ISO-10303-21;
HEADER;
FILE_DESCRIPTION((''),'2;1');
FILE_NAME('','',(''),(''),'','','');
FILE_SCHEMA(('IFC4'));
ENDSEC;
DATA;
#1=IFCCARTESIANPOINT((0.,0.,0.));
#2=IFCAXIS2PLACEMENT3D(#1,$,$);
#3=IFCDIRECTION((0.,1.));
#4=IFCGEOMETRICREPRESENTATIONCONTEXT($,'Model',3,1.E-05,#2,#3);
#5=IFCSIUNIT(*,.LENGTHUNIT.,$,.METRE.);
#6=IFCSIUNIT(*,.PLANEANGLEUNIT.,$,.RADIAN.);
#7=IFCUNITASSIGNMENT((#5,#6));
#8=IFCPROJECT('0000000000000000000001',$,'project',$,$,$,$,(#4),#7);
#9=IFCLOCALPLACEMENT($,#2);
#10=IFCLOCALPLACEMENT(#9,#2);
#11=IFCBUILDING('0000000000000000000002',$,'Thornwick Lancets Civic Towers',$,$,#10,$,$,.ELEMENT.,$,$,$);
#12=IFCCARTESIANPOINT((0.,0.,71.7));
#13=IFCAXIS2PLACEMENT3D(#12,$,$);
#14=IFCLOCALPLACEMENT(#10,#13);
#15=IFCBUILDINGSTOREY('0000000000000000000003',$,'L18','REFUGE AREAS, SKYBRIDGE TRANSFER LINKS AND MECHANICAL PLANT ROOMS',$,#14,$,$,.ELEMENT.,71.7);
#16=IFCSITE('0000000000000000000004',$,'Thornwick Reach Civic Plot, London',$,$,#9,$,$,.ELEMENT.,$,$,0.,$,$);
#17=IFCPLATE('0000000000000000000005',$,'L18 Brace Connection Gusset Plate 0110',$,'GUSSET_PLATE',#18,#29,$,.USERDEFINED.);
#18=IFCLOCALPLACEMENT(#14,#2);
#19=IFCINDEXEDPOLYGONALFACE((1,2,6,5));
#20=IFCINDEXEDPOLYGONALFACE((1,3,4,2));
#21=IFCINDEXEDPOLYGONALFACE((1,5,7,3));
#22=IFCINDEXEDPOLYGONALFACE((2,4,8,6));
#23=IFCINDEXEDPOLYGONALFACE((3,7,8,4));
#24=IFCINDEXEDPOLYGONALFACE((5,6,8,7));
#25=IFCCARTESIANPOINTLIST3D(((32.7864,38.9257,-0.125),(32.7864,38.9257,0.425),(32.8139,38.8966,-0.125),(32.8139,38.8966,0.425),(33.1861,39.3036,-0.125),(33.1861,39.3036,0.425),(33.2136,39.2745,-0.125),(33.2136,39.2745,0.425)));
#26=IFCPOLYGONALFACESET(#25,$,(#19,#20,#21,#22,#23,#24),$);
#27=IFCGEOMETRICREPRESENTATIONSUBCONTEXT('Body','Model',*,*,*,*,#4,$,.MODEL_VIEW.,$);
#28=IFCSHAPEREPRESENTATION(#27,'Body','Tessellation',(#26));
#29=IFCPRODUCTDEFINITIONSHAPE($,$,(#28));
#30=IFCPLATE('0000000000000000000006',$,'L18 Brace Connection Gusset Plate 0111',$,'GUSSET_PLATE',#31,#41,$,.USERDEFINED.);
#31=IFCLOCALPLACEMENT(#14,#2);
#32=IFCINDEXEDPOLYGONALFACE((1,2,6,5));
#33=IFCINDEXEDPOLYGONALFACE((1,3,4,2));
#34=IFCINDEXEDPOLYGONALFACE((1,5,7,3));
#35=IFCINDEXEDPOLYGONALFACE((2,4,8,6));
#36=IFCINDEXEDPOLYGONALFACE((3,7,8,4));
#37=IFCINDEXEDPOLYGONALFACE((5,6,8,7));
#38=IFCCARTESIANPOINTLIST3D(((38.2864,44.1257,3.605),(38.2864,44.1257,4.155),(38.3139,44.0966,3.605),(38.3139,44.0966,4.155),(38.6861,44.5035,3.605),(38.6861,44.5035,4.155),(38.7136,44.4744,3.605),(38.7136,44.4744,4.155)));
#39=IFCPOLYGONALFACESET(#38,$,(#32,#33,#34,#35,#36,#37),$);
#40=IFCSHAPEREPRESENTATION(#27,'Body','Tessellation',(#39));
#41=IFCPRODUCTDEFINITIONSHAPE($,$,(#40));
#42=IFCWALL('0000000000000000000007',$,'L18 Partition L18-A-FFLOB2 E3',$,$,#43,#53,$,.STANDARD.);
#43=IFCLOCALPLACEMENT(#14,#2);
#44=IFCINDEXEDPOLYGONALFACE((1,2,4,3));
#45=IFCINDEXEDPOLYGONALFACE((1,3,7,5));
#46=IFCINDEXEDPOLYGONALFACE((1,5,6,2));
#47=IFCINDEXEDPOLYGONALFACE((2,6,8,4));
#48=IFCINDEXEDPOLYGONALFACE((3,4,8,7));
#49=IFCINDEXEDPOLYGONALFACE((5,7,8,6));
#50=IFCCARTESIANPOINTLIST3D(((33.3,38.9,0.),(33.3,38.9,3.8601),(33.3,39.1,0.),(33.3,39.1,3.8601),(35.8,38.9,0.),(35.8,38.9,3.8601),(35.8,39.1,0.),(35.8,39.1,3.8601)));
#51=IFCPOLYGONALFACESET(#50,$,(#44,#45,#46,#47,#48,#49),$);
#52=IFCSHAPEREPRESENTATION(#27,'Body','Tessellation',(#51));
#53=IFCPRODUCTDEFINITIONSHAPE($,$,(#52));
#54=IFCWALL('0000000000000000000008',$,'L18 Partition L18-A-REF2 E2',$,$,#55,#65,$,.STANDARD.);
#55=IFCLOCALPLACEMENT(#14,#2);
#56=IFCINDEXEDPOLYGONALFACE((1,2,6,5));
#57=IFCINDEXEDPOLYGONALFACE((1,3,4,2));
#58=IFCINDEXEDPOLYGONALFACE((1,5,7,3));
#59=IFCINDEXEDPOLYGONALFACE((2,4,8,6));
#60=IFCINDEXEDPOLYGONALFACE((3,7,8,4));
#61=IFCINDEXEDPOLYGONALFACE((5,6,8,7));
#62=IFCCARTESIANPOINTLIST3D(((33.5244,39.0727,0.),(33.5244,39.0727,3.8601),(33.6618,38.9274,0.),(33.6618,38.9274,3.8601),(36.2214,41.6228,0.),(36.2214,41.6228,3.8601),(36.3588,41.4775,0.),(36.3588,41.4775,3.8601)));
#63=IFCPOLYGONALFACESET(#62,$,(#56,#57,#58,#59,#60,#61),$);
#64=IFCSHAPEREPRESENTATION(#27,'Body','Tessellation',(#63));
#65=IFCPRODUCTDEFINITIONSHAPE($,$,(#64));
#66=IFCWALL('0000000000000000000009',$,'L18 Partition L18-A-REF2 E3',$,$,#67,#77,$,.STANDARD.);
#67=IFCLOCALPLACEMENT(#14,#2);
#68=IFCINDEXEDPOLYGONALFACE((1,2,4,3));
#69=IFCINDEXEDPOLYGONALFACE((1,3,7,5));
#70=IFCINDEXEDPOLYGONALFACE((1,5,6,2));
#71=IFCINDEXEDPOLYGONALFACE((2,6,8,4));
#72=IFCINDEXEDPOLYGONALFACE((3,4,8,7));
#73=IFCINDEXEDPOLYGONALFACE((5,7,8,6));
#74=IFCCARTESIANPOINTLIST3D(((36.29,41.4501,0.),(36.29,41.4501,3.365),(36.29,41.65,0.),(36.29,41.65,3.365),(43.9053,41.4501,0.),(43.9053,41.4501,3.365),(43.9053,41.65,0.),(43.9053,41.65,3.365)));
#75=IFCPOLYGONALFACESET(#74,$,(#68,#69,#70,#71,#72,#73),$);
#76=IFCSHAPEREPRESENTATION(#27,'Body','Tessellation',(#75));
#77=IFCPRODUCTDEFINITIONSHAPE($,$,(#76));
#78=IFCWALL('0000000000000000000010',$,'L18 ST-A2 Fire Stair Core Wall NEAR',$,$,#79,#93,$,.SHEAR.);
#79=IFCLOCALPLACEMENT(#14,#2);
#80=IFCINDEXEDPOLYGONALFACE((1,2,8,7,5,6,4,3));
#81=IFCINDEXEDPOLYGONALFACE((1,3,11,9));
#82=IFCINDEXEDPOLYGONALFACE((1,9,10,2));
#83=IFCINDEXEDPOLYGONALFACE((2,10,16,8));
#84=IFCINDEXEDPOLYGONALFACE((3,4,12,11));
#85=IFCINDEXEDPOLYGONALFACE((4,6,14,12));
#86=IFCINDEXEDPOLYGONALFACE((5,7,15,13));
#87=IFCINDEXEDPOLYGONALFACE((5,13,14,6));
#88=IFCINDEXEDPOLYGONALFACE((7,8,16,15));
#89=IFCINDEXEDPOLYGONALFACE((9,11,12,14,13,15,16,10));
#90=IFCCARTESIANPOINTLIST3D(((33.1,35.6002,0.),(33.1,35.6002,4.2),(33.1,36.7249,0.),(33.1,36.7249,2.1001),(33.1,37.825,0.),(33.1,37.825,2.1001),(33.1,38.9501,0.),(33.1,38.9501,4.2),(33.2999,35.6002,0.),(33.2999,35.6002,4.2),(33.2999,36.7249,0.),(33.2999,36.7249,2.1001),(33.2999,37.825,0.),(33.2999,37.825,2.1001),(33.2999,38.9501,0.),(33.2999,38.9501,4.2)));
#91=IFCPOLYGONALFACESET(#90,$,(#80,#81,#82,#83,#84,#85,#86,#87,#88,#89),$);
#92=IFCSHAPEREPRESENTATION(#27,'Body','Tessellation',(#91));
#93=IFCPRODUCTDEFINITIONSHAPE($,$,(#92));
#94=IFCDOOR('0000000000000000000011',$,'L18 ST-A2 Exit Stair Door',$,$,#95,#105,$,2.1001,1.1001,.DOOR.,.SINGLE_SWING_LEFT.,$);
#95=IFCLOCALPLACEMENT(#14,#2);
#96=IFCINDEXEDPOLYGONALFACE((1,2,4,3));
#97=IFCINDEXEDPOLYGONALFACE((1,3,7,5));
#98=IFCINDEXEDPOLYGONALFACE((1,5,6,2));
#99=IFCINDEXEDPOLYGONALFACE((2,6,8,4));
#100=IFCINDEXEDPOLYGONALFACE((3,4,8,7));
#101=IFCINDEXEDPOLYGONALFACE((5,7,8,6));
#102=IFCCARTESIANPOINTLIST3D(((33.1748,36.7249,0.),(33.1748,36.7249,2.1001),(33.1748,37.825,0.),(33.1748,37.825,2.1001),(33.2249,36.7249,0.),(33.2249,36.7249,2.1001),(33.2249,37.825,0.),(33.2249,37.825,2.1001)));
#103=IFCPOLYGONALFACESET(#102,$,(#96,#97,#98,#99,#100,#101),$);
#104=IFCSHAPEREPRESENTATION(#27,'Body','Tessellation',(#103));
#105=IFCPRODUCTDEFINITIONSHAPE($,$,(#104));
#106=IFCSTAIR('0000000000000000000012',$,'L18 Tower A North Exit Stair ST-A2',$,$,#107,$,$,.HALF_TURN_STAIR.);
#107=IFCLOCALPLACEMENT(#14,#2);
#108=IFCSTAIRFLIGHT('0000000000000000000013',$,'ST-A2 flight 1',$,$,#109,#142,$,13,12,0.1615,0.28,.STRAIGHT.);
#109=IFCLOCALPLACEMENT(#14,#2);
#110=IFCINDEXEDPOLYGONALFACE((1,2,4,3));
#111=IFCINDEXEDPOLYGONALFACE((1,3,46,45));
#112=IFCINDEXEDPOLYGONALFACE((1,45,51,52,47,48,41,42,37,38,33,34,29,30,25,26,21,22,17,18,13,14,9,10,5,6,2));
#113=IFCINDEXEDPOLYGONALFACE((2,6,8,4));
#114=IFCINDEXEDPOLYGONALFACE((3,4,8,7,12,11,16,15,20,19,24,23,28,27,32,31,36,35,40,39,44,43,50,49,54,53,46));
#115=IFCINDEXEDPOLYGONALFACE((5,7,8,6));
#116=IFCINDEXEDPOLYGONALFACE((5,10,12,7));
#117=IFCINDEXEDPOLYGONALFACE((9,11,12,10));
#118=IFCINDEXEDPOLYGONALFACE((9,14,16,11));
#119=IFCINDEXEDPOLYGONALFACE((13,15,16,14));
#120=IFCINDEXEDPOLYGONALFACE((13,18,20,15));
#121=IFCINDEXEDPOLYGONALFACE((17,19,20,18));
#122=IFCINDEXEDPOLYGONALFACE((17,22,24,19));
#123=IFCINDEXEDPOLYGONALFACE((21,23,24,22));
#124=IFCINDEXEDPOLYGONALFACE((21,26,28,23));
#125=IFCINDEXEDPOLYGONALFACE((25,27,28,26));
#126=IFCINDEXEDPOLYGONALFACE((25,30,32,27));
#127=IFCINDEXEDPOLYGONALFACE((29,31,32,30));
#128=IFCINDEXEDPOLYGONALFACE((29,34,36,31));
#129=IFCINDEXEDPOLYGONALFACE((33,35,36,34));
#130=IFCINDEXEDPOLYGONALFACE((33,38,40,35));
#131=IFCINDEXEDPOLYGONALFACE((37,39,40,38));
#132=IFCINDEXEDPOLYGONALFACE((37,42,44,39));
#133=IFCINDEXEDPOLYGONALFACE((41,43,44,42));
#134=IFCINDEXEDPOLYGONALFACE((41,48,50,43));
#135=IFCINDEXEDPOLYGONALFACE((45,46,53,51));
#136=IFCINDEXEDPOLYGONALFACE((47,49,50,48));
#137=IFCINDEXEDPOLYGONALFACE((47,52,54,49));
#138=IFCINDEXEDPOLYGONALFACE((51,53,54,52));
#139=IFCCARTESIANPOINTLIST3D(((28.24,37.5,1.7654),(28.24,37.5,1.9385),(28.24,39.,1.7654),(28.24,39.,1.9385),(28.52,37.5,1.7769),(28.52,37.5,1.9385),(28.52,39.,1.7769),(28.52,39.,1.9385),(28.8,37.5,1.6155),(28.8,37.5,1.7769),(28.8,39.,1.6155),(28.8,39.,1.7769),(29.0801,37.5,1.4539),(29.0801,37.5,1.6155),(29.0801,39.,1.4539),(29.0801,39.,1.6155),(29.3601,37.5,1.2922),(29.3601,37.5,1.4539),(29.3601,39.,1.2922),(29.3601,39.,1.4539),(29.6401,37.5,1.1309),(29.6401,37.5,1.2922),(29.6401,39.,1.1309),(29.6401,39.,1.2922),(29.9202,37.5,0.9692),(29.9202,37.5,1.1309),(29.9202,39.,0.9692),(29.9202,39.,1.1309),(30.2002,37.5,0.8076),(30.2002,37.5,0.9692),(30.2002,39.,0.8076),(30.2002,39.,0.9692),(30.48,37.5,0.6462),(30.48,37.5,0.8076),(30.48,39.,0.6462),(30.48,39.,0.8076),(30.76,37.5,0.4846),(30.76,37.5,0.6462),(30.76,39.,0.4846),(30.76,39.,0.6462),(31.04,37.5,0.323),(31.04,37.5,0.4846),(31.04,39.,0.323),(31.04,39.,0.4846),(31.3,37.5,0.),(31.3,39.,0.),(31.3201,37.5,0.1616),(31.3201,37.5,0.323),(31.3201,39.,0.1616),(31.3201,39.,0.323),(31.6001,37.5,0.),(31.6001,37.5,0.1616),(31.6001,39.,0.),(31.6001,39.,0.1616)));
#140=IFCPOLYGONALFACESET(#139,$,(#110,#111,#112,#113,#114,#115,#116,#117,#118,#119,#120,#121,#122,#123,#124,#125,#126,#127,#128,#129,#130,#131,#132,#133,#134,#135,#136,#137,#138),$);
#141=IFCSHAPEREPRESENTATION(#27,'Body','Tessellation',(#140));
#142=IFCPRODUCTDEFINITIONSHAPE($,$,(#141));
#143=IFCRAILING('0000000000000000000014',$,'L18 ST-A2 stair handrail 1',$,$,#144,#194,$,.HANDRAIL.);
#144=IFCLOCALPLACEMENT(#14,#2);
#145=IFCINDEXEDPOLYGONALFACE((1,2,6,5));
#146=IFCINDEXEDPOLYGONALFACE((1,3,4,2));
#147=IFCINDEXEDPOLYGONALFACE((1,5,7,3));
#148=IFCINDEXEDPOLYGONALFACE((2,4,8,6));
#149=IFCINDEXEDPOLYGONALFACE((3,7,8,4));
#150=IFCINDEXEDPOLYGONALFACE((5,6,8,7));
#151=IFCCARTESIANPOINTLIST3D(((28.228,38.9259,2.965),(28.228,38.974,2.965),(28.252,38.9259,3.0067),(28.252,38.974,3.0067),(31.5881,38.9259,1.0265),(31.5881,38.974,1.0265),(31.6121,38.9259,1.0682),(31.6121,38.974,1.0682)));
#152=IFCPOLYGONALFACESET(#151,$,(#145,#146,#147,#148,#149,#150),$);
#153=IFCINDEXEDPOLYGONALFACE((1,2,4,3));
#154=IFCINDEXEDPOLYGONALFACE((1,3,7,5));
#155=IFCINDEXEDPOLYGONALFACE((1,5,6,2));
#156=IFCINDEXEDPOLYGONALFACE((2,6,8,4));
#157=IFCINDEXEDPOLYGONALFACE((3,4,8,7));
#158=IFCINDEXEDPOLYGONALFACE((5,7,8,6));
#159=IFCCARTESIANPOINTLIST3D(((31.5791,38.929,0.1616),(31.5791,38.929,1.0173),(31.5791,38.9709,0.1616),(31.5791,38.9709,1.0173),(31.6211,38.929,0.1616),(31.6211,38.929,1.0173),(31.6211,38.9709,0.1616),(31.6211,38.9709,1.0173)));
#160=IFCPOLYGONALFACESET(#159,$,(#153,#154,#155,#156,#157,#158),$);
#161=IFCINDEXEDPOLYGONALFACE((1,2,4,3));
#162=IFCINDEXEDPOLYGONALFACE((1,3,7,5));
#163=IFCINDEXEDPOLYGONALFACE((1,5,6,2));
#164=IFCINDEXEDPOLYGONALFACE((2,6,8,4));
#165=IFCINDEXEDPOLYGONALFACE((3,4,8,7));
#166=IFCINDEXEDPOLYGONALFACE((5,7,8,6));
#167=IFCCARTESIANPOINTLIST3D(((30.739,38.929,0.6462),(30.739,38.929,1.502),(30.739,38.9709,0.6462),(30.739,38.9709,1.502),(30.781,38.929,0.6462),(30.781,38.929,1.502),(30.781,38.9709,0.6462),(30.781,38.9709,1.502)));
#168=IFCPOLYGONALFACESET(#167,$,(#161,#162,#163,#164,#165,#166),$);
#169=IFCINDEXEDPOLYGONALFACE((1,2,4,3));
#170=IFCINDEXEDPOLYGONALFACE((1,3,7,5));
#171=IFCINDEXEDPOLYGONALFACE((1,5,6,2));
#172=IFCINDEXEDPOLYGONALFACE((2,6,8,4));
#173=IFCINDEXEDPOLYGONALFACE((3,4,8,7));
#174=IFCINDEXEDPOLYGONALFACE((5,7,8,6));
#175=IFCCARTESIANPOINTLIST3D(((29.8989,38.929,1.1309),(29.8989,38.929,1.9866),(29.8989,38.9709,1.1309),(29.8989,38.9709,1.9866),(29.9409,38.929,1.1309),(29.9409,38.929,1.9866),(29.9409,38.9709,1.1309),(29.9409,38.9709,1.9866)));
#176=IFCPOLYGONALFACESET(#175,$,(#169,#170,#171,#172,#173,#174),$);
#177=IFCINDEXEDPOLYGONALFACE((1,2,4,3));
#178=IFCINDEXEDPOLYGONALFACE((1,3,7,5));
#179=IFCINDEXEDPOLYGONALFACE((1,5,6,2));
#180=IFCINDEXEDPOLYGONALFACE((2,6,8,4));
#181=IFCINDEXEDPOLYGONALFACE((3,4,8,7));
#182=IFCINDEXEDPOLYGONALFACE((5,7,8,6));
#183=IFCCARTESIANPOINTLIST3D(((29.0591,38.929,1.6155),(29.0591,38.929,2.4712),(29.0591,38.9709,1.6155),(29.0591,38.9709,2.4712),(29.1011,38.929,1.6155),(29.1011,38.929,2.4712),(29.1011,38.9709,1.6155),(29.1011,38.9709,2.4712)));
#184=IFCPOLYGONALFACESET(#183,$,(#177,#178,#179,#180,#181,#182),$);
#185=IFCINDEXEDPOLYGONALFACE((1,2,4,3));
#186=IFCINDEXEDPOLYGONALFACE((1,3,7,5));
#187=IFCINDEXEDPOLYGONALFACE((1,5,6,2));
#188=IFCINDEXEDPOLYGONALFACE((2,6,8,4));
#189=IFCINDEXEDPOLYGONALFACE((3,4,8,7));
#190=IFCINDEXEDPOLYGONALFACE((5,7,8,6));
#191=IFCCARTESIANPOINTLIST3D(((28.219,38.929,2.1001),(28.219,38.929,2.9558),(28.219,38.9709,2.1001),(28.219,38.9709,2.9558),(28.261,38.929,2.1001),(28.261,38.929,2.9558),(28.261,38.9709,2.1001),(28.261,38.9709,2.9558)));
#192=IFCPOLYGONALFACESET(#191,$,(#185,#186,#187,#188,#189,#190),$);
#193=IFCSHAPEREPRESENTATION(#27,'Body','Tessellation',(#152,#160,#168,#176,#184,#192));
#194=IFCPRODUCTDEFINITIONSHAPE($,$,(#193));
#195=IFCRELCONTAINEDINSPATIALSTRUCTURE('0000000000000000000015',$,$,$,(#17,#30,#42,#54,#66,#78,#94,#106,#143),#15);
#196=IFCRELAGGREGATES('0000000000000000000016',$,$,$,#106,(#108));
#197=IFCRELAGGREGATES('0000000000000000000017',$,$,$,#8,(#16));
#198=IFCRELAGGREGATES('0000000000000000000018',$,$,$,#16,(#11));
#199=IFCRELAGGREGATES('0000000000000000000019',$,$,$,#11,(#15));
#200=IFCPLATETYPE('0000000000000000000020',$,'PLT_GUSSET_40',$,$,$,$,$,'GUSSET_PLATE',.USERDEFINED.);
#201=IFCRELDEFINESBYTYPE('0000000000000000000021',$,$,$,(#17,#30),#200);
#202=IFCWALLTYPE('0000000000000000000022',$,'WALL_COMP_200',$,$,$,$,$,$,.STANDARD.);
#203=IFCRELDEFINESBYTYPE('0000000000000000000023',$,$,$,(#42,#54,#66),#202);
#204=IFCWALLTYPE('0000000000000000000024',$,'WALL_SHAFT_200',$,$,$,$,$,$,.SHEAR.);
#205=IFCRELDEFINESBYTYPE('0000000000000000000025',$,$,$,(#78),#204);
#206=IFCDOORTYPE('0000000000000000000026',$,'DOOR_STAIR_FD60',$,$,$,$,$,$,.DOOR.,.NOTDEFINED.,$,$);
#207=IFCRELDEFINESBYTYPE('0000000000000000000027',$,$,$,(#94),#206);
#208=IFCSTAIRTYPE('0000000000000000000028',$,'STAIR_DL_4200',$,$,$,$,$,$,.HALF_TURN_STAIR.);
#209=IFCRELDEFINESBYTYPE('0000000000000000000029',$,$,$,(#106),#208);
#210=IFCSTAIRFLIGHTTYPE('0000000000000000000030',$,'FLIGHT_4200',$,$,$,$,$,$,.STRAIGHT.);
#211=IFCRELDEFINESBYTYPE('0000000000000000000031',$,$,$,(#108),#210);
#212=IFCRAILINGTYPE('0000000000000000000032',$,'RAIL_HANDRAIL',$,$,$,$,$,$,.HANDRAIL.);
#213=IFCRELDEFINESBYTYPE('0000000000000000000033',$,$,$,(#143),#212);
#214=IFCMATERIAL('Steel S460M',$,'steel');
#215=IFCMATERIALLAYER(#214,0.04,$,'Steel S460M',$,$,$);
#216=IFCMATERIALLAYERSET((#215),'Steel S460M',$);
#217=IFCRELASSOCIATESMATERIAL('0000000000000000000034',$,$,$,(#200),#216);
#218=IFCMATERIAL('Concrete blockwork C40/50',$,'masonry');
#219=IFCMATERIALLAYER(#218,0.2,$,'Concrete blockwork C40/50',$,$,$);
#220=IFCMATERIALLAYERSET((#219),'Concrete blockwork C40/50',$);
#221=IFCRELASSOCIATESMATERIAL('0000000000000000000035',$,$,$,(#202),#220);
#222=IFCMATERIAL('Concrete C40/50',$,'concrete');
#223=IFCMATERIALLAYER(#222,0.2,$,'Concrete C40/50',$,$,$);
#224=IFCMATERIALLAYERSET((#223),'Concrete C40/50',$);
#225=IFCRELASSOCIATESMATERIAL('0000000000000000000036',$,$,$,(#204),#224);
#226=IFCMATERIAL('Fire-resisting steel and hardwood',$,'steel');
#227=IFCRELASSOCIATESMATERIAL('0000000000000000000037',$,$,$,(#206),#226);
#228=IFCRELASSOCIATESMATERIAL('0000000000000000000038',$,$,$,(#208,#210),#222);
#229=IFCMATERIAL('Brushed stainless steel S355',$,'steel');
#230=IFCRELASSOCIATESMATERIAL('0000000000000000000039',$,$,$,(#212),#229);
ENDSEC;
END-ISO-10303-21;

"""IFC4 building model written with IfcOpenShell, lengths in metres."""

from ifc_helpers import new_model, si_unit, direction, frame, frame_2d, origin, origin_2d, place, context, subcontext, project, spatial, polyline, rectangle, outline, extrude, material, layer, layer_set, type_object, element, fill, aggregate, save


model = new_model("IFC4")

# Units and contexts
model_context = context("Model", 3, precision=1e-05, world=origin(), true_north=direction((0.0, 1.0)))
body_context = subcontext(model_context, "Body", "Model", "MODEL_VIEW")
ifc_project = project(units=[si_unit("LENGTHUNIT", "METRE"), si_unit("PLANEANGLEUNIT", "RADIAN")], contexts=[model_context])

# Site, building, storey
site_placement = place(None, origin())
site = spatial("IfcSite", under=ifc_project, at=site_placement, Name="Thornwick Reach Civic Plot, London", CompositionType="ELEMENT", RefElevation=0.0)
building_placement = place(site_placement, origin())
building = spatial("IfcBuilding", under=site, at=building_placement, Name="Thornwick Lancets Civic Towers", CompositionType="ELEMENT")
storey_placement = place(building_placement, frame((0.0, 0.0, 71.7)))
storey = spatial("IfcBuildingStorey", under=building, at=storey_placement, Name="L18", Description="REFUGE AREAS, SKYBRIDGE TRANSFER LINKS AND MECHANICAL PLANT ROOMS", CompositionType="ELEMENT", Elevation=71.7)

# Shared definitions
ifc_material_1 = material(Name="Steel S460M", Category="steel")

# Plates
ifc_layer_1 = layer(ifc_material_1, 0.04, Name="Steel S460M")
ifc_layer_set_1 = layer_set([ifc_layer_1], Name="Steel S460M")
plate_type = type_object("IfcPlateType", Name="PLT_GUSSET_40", ElementType="GUSSET_PLATE", PredefinedType="USERDEFINED", material=ifc_layer_set_1)
for number, where, z_axis, x_axis, name in (
    (1, (33.0, 39.1001, -0.125), (0.0, 0.0, 1.0), (0.726695, 0.686961, 0.0), "L18 Brace Connection Gusset Plate 0110"),
    (2, (38.5, 44.3, 3.605), (0.0, 0.0, 1.0), (0.726695, 0.686961, 0.0), "L18 Brace Connection Gusset Plate 0111"),
):
    element("IfcPlate", number, at=place(storey_placement, frame(where, z_axis=z_axis, x_axis=x_axis)), inside=storey, type_object=plate_type, Name=name, ObjectType="GUSSET_PLATE", PredefinedType="USERDEFINED", context=body_context, shape_type="SweptSolid", body=[
        extrude(rectangle(XDim=0.55, YDim=0.04, at=origin_2d()), origin(), (0.0, 0.0, 1.0), 0.55),
    ])

# Walls
ifc_material_2 = material(Name="Concrete blockwork C40/50", Category="masonry")
ifc_layer_2 = layer(ifc_material_2, 0.2, Name="Concrete blockwork C40/50")
ifc_layer_set_2 = layer_set([ifc_layer_2], Name="Concrete blockwork C40/50")
wall_type_1 = type_object("IfcWallType", Name="WALL_COMP_200", PredefinedType="STANDARD", material=ifc_layer_set_2)
wall_1_placement = place(storey_placement, frame((35.8, 39.0, 0.0), z_axis=(0.0, 0.0, 1.0), x_axis=(-1.0, 0.0, 0.0)))
element("IfcWall", 3, at=wall_1_placement, inside=storey, type_object=wall_type_1, Name="L18 Partition L18-A-FFLOB2 E3", PredefinedType="STANDARD", context=body_context, shape_type="SweptSolid", body=[
    extrude(rectangle(XDim=2.5, YDim=0.2, at=frame_2d((1.25, 0.0))), origin(), (0.0, 0.0, 1.0), 3.8601),
])
wall_2_placement = place(storey_placement, frame((33.593, 39.0, 0.0), z_axis=(0.0, 0.0, 1.0), x_axis=(0.726628, 0.687031, 0.0)))
element("IfcWall", 4, at=wall_2_placement, inside=storey, type_object=wall_type_1, Name="L18 Partition L18-A-REF2 E2", PredefinedType="STANDARD", context=body_context, shape_type="SweptSolid", body=[
    extrude(rectangle(XDim=3.7117, YDim=0.2, at=frame_2d((1.856, 0.0))), origin(), (0.0, 0.0, 1.0), 3.8601),
])
wall_3_placement = place(storey_placement, frame((36.29, 41.55, 0.0), z_axis=(0.0, 0.0, 1.0), x_axis=(1.0, 0.0, 0.0)))
element("IfcWall", 5, at=wall_3_placement, inside=storey, type_object=wall_type_1, Name="L18 Partition L18-A-REF2 E3", PredefinedType="STANDARD", context=body_context, shape_type="SweptSolid", body=[
    extrude(rectangle(XDim=7.6152, YDim=0.2, at=frame_2d((3.8076, 0.0))), origin(), (0.0, 0.0, 1.0), 3.365),
])

# Wall, opening, door
ifc_material_3 = material(Name="Concrete C40/50", Category="concrete")
ifc_layer_3 = layer(ifc_material_3, 0.2, Name="Concrete C40/50")
ifc_layer_set_3 = layer_set([ifc_layer_3], Name="Concrete C40/50")
wall_type_2 = type_object("IfcWallType", Name="WALL_SHAFT_200", PredefinedType="SHEAR", material=ifc_layer_set_3)
wall_4_placement = place(storey_placement, frame((33.2, 38.95, 0.0), z_axis=(0.0, 0.0, 1.0), x_axis=(0.0, -1.0, 0.0)))
wall_4 = element("IfcWall", 6, at=wall_4_placement, inside=storey, type_object=wall_type_2, Name="L18 ST-A2 Fire Stair Core Wall NEAR", PredefinedType="SHEAR", context=body_context, shape_type="SweptSolid", body=[
    extrude(rectangle(XDim=3.3499, YDim=0.2, at=frame_2d((1.6748, 0.0))), origin(), (0.0, 0.0, 1.0), 4.2),
])
opening_placement = place(wall_4_placement, frame((1.125, 0.0, 0.0)))
opening = element("IfcOpeningElement", 7, at=opening_placement, cuts=wall_4, PredefinedType="OPENING", context=body_context, shape_type="SweptSolid", body=[
    extrude(rectangle(XDim=1.1001, YDim=2.1001, at=frame_2d((0.55, 1.05))), frame((0.0, 0.1099, 0.0), z_axis=(0.0, -1.0, 0.0), x_axis=(1.0, 0.0, 0.0)), (0.0, 0.0, 1.0), 0.22),
])
ifc_material_4 = material(Name="Fire-resisting steel and hardwood", Category="steel")
door_type = type_object("IfcDoorType", Name="DOOR_STAIR_FD60", OperationType="NOTDEFINED", PredefinedType="DOOR", material=ifc_material_4)
door_placement = place(opening_placement, origin())
door = element("IfcDoor", 8, at=door_placement, inside=storey, type_object=door_type, Name="L18 ST-A2 Exit Stair Door", OperationType="SINGLE_SWING_LEFT", OverallHeight=2.1001, OverallWidth=1.1001, PredefinedType="DOOR", context=body_context, shape_type="SweptSolid", body=[
    extrude(rectangle(XDim=1.1001, YDim=2.1001, at=frame_2d((0.55, 1.05))), frame((0.0, 0.0249, 0.0), z_axis=(0.0, -1.0, 0.0), x_axis=(1.0, 0.0, 0.0)), (0.0, 0.0, 1.0), 0.05),
])
fill(opening, door)

# Stair, stair flight
stair_type = type_object("IfcStairType", Name="STAIR_DL_4200", PredefinedType="HALF_TURN_STAIR", material=ifc_material_3)
stair_placement = place(storey_placement, origin())
stair = element("IfcStair", 9, at=stair_placement, inside=storey, type_object=stair_type, Name="L18 Tower A North Exit Stair ST-A2", PredefinedType="HALF_TURN_STAIR")
stair_flight_type = type_object("IfcStairFlightType", Name="FLIGHT_4200", PredefinedType="STRAIGHT", material=ifc_material_3)
stair_flight_placement = place(storey_placement, frame((31.6001, 38.25, 0.0), z_axis=(0.0, 0.0, 1.0), x_axis=(-1.0, 0.0, 0.0)))
stair_flight = element("IfcStairFlight", 10, at=stair_flight_placement, type_object=stair_flight_type, Name="ST-A2 flight 1", NumberOfRisers=13, NumberOfTreads=12, PredefinedType="STRAIGHT", RiserHeight=0.1615, TreadLength=0.28, context=body_context, shape_type="SweptSolid", body=[
    extrude(outline(polyline([(0.0, 0.0), (0.0, 0.1616), (0.28, 0.1616), (0.28, 0.323), (0.5601, 0.323), (0.5601, 0.4846), (0.8401, 0.4846), (0.8401, 0.6462), (1.1201, 0.6462), (1.1201, 0.8076), (1.3999, 0.8076), (1.3999, 0.9692), (1.6799, 0.9692), (1.6799, 1.1309), (1.96, 1.1309), (1.96, 1.2922), (2.24, 1.2922), (2.24, 1.4539), (2.52, 1.4539), (2.52, 1.6155), (2.8, 1.6155), (2.8, 1.7769), (3.0801, 1.7769), (3.0801, 1.9385), (3.3601, 1.9385), (3.3601, 2.1001), (3.3601, 1.7654), (0.3, 0.0), (0.0, 0.0)])), frame((0.0, 0.75, 0.0), z_axis=(0.0, -1.0, 0.0), x_axis=(1.0, 0.0, 0.0)), (0.0, 0.0, 1.0), 1.5),
])
aggregate(stair, [stair_flight])

# Railing
ifc_material_5 = material(Name="Brushed stainless steel S355", Category="steel")
railing_type_1 = type_object("IfcRailingType", Name="RAIL_HANDRAIL", PredefinedType="HANDRAIL", material=ifc_material_5)
railing_1_placement = place(storey_placement, frame((31.6001, 38.95, 0.1616)))
element("IfcRailing", 11, at=railing_1_placement, inside=storey, type_object=railing_type_1, Name="L18 ST-A2 stair handrail 1", PredefinedType="HANDRAIL", context=body_context, shape_type="SweptSolid", body=[
    extrude(rectangle(XDim=0.0481, YDim=0.0481, at=origin_2d()), frame((0.0, 0.0, 0.8857), z_axis=(-0.866191, 0.0, 0.499713), x_axis=(0.0, -1.0, 0.0)), (0.0, 0.0, 1.0), 3.8792),
    extrude(rectangle(XDim=0.042, YDim=0.042, at=origin_2d()), origin(), (0.0, 0.0, 1.0), 0.8557),
    extrude(rectangle(XDim=0.042, YDim=0.042, at=origin_2d()), frame((-0.8401, 0.0, 0.4846)), (0.0, 0.0, 1.0), 0.8557),
    extrude(rectangle(XDim=0.042, YDim=0.042, at=origin_2d()), frame((-1.6802, 0.0, 0.9692)), (0.0, 0.0, 1.0), 0.8557),
    extrude(rectangle(XDim=0.042, YDim=0.042, at=origin_2d()), frame((-2.52, 0.0, 1.4539)), (0.0, 0.0, 1.0), 0.8557),
    extrude(rectangle(XDim=0.042, YDim=0.042, at=origin_2d()), frame((-3.3601, 0.0, 1.9385)), (0.0, 0.0, 1.0), 0.8557),
])

save(model, "model.ifc")
